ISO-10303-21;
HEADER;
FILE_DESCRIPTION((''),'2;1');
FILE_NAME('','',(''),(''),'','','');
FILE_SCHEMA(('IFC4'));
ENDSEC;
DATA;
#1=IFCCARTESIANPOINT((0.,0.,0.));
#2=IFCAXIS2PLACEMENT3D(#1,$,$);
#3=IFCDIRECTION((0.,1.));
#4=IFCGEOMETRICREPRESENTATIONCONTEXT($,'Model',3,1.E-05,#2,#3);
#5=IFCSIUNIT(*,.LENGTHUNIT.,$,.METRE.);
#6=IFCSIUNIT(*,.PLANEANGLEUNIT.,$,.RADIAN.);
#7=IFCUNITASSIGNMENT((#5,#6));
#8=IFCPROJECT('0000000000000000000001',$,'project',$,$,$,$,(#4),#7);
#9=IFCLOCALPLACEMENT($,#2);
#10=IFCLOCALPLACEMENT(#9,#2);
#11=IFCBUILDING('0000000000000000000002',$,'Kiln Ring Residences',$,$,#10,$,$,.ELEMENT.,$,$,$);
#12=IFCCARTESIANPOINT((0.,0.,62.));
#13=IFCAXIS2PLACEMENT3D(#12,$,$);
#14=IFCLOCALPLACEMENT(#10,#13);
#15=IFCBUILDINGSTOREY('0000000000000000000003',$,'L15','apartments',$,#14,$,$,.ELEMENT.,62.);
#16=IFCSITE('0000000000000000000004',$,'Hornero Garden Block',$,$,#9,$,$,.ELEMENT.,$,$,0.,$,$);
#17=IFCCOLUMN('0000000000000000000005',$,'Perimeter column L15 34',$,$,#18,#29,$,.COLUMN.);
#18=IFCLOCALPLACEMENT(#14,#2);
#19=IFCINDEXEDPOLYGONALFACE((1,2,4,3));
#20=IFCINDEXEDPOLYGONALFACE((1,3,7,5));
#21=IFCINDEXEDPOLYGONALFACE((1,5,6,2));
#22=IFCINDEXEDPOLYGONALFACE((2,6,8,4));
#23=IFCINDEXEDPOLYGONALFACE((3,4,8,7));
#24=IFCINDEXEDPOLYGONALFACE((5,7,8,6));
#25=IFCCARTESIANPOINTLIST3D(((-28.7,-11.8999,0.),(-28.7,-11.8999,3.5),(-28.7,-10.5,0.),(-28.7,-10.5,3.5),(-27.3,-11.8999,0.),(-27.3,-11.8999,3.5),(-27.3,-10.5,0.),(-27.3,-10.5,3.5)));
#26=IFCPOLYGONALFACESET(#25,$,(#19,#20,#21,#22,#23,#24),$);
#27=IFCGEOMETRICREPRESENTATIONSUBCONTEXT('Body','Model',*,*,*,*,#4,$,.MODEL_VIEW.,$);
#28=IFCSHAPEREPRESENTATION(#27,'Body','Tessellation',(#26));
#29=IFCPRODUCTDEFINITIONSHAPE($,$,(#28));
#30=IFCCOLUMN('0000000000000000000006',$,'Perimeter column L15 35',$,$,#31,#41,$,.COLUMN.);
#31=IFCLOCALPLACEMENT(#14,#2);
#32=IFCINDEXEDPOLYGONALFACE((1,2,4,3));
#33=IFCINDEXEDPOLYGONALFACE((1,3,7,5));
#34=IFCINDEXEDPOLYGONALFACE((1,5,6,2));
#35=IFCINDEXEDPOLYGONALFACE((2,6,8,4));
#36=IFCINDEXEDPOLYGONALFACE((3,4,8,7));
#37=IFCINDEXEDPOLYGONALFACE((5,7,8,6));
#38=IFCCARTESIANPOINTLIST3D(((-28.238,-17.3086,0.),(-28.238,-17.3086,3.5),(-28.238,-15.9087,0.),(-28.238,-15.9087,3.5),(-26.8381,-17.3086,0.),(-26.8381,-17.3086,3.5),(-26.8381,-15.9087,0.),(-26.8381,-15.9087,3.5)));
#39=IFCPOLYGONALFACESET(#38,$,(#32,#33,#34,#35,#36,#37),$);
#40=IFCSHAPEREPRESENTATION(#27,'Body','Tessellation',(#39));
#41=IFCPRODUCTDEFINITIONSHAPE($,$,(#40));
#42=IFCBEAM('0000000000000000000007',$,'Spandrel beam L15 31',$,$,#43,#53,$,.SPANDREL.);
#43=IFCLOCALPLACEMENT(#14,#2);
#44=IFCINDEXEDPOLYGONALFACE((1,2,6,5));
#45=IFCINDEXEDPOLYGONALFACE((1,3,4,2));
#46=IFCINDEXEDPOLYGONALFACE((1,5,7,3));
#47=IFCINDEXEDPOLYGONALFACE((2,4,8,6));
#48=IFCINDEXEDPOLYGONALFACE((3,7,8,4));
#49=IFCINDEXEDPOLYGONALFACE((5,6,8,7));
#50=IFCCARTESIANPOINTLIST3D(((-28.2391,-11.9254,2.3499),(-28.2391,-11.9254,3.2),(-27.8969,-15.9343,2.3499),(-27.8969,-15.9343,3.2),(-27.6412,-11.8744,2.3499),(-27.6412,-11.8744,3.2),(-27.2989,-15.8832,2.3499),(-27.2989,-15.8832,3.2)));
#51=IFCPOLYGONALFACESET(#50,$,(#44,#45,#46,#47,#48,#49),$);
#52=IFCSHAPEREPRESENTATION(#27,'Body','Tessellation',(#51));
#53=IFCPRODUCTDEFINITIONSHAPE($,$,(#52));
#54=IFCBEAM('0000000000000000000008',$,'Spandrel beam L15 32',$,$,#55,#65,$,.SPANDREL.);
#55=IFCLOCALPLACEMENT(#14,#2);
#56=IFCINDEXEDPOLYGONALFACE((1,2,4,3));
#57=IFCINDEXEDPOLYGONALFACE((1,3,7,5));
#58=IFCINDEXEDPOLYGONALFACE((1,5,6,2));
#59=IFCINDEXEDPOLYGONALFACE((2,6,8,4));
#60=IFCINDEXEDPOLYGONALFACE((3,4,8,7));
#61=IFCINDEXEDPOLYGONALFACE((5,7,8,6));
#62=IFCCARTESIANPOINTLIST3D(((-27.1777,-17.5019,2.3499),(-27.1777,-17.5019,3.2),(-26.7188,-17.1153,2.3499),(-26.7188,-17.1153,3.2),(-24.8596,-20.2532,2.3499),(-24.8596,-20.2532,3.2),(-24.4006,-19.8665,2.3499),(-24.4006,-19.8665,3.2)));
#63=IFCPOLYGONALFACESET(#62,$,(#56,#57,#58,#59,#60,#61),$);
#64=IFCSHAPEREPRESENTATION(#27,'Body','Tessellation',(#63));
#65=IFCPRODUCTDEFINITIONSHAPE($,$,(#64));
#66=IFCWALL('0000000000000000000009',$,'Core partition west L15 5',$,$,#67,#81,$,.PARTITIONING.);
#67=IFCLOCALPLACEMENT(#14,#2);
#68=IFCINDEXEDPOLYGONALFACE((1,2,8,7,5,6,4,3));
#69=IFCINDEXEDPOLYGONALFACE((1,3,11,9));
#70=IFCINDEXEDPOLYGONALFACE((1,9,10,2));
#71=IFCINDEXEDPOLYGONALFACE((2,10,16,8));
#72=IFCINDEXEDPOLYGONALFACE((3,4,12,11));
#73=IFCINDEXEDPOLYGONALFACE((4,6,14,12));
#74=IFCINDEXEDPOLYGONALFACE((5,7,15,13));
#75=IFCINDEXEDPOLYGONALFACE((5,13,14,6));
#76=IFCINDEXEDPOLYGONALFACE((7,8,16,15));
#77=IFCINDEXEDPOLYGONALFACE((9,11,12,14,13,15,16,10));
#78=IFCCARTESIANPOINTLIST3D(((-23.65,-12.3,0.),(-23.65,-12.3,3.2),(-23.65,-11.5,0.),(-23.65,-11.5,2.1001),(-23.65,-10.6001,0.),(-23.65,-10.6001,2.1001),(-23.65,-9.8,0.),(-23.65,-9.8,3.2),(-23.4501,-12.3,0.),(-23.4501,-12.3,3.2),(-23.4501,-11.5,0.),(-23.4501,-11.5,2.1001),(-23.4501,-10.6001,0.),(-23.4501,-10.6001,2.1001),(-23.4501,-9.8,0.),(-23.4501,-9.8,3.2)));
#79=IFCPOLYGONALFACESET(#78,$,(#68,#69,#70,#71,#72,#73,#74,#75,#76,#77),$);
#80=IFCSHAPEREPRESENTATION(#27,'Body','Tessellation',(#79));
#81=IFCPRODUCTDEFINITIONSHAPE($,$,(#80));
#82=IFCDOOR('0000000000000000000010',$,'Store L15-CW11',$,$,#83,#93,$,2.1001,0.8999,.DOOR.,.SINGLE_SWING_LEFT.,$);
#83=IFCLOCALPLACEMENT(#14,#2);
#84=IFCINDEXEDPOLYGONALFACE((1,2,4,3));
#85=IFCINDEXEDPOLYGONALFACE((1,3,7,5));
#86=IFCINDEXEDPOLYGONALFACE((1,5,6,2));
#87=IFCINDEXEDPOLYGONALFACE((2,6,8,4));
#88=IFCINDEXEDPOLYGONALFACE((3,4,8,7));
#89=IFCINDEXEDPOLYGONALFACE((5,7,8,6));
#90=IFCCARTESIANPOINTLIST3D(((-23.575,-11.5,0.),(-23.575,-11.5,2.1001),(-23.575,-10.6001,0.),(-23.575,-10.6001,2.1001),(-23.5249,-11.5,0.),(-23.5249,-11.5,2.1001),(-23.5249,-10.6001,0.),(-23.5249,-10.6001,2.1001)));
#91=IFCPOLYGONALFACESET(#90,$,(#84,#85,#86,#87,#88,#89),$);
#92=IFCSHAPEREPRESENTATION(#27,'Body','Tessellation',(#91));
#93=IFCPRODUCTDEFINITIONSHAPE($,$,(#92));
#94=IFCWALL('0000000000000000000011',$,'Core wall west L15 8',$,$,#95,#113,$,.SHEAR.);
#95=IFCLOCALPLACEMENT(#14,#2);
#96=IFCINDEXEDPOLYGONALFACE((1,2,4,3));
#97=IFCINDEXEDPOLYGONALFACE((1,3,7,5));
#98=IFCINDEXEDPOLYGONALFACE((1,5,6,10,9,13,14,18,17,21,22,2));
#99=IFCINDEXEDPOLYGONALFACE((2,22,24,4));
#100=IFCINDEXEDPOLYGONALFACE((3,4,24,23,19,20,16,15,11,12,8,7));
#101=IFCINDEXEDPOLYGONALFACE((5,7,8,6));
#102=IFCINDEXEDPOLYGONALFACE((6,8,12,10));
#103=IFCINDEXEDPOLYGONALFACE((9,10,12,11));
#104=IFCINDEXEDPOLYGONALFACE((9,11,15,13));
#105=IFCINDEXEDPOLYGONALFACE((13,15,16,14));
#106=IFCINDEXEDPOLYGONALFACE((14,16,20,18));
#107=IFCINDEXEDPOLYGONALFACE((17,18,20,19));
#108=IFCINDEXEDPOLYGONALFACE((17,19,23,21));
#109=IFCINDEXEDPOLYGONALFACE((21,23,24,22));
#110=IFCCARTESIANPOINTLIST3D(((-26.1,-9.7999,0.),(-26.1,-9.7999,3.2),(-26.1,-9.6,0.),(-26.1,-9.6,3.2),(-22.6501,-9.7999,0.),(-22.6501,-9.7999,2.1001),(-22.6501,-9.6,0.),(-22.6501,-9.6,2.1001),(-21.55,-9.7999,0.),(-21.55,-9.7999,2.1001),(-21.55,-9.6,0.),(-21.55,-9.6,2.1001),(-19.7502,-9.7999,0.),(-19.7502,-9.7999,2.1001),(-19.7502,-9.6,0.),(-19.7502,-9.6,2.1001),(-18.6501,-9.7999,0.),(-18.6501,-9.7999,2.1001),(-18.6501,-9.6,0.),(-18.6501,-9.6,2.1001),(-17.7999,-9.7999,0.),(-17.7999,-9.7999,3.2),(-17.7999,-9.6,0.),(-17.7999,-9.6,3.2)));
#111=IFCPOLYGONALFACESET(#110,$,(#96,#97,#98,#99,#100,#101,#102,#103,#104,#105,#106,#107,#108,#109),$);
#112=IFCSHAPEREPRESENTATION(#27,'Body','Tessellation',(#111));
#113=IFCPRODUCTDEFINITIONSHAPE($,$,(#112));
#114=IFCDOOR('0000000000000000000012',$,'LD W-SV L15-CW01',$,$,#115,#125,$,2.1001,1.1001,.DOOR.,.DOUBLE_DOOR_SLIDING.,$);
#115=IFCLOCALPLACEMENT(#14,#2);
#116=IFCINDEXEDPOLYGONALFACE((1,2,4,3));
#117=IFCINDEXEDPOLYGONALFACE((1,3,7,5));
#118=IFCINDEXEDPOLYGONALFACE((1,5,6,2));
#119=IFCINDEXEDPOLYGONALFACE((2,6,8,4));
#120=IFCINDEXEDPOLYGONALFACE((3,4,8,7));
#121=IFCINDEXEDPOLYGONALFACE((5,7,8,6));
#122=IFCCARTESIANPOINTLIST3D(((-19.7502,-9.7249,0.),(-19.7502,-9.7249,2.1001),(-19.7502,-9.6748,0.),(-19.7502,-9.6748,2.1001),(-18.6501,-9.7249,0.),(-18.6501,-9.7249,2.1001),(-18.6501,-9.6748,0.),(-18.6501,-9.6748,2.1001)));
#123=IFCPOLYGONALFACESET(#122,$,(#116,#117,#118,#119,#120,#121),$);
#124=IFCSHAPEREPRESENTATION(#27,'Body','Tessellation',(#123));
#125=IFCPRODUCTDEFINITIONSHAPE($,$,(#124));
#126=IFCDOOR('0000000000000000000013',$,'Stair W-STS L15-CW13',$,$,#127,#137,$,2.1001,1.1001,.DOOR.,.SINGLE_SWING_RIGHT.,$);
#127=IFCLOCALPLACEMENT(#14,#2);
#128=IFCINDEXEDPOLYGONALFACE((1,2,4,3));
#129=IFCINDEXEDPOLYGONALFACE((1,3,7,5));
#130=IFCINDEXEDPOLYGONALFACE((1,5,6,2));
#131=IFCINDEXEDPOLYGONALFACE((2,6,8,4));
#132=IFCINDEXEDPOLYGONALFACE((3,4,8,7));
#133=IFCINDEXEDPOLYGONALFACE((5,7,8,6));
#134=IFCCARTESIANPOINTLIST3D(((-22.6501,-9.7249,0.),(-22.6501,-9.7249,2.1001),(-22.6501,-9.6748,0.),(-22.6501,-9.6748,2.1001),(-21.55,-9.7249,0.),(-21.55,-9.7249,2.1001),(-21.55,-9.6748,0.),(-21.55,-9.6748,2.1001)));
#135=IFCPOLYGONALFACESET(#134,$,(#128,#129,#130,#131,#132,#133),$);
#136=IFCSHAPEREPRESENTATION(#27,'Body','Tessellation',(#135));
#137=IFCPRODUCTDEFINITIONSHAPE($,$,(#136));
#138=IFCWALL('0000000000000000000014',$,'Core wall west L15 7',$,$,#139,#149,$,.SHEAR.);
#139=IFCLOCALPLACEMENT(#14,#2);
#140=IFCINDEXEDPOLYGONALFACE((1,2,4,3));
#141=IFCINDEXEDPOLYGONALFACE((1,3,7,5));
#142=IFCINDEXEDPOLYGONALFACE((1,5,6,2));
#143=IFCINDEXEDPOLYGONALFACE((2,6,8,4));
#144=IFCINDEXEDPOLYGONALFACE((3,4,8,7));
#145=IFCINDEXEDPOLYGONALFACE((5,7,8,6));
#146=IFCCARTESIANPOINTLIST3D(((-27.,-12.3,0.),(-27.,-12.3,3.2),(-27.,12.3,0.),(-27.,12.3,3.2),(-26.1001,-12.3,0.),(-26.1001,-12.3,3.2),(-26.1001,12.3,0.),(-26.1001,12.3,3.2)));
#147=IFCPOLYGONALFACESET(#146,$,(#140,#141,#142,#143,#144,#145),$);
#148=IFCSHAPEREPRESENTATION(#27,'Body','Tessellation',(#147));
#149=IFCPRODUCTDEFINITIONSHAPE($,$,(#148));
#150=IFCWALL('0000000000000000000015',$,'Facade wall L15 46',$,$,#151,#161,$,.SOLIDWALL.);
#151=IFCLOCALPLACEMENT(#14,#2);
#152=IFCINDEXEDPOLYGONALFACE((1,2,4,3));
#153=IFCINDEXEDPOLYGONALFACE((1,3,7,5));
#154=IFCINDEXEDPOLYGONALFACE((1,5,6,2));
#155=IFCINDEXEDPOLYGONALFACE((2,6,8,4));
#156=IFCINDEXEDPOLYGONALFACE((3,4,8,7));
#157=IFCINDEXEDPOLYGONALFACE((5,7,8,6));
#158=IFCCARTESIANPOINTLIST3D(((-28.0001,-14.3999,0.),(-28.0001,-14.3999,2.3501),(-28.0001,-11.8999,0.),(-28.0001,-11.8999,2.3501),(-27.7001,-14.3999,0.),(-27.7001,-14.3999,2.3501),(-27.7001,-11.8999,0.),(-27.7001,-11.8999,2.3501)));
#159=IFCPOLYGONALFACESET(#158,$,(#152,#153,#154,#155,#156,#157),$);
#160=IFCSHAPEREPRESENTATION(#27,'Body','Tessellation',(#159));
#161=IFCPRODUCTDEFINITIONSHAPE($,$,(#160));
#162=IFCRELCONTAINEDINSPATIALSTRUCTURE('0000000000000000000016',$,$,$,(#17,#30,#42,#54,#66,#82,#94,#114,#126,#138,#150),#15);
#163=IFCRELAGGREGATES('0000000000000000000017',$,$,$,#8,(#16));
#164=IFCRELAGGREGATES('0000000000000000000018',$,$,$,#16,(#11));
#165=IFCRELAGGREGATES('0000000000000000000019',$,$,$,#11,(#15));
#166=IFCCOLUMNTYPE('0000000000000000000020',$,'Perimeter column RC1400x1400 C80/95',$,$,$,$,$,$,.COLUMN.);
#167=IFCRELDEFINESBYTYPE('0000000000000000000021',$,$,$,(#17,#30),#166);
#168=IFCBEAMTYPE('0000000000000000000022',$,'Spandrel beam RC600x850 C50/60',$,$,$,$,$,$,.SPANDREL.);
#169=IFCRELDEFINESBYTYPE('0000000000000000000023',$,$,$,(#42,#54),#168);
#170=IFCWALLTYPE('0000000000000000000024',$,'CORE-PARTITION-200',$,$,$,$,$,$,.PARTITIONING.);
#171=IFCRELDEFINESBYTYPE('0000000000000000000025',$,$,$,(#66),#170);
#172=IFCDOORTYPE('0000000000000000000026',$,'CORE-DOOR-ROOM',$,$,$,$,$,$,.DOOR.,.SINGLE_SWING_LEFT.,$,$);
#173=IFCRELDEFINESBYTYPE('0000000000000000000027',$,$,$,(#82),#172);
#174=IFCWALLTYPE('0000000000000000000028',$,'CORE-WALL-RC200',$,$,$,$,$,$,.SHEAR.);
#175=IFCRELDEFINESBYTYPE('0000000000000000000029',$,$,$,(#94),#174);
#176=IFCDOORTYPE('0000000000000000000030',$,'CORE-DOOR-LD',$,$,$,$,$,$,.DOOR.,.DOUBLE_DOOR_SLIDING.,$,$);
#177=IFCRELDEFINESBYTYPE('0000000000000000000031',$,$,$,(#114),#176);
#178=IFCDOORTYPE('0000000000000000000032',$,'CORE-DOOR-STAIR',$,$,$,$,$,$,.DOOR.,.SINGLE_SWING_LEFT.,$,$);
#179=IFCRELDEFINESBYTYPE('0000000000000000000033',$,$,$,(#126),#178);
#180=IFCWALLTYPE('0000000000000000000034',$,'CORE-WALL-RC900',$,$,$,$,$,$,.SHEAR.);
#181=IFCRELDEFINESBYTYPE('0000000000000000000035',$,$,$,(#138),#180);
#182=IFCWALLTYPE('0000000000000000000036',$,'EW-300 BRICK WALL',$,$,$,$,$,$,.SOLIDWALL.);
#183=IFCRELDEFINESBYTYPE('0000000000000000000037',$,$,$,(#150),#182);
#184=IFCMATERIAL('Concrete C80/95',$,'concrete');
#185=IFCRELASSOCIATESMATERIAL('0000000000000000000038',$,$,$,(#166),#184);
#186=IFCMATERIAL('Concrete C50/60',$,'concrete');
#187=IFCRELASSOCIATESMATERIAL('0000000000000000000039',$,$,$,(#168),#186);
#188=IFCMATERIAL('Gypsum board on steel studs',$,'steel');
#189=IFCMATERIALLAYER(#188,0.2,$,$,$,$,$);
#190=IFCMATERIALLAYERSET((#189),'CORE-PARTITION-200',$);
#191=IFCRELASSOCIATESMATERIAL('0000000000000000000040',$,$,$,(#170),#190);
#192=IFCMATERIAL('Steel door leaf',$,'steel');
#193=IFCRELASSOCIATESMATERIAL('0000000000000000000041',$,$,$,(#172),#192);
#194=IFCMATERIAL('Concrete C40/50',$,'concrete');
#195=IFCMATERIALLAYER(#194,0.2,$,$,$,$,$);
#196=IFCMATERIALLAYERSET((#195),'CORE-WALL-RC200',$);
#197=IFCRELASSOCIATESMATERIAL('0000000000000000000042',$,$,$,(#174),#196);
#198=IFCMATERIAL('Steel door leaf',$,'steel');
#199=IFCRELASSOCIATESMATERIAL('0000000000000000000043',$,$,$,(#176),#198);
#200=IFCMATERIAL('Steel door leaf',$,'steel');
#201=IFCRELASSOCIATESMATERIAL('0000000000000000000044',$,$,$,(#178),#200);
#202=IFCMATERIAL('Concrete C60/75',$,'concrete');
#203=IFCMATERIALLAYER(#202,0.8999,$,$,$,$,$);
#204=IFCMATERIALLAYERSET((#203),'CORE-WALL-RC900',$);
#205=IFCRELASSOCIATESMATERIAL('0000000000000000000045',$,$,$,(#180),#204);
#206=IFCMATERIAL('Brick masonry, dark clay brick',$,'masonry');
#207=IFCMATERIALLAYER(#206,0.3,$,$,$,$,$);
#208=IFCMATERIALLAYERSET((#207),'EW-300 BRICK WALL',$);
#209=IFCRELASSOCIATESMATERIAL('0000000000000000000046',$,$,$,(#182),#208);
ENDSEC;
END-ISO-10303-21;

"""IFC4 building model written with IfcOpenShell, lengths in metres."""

from ifc_helpers import new_model, si_unit, direction, frame, frame_2d, origin, origin_2d, place, context, subcontext, project, spatial, rectangle, extrude, material, layer, layer_set, material_profile, profile_set, type_object, element, fill, save


model = new_model("IFC4")

# Units and contexts
model_context = context("Model", 3, precision=1e-05, world=origin(), true_north=direction((0.0, 1.0)))
body_context = subcontext(model_context, "Body", "Model", "MODEL_VIEW")
ifc_project = project(units=[si_unit("LENGTHUNIT", "METRE"), si_unit("PLANEANGLEUNIT", "RADIAN")], contexts=[model_context])

# Site, building, storey
site_placement = place(None, origin())
site = spatial("IfcSite", under=ifc_project, at=site_placement, Name="Hornero Garden Block", CompositionType="ELEMENT", RefElevation=0.0)
building_placement = place(site_placement, origin())
building = spatial("IfcBuilding", under=site, at=building_placement, Name="Kiln Ring Residences", CompositionType="ELEMENT")
storey_placement = place(building_placement, frame((0.0, 0.0, 62.0)))
storey = spatial("IfcBuildingStorey", under=building, at=storey_placement, Name="L15", Description="apartments", CompositionType="ELEMENT", Elevation=62.0)

# Columns
ifc_material_1 = material(Name="Concrete C80/95", Category="concrete")
ifc_material_profile_1 = material_profile(ifc_material_1, rectangle(XDim=1.3999, YDim=1.3999, at=origin_2d()), Name="RC1400x1400")
ifc_profile_set_1 = profile_set([ifc_material_profile_1], Name="Concrete C80/95")
column_type = type_object("IfcColumnType", Name="Perimeter column RC1400x1400 C80/95", PredefinedType="COLUMN", material=ifc_profile_set_1)
for number, where, z_axis, x_axis, name in (
    (1, (-28.0, -11.2, 0.0), (0.0, 0.0, 1.0), (1.0, 0.0, 0.0), "Perimeter column L15 34"),
    (2, (-27.5381, -16.6086, 0.0), (0.0, 0.0, 1.0), (1.0, 0.0, 0.0), "Perimeter column L15 35"),
):
    element("IfcColumn", number, at=place(storey_placement, frame(where, z_axis=z_axis, x_axis=x_axis)), inside=storey, type_object=column_type, Name=name, PredefinedType="COLUMN", context=body_context, shape_type="SweptSolid", body=[
        extrude(rectangle(XDim=1.3999, YDim=1.3999, at=origin_2d()), origin(), (0.0, 0.0, 1.0), 3.5),
    ])

# Beams
ifc_material_2 = material(Name="Concrete C50/60", Category="concrete")
ifc_material_profile_2 = material_profile(ifc_material_2, rectangle(XDim=0.6001, YDim=0.8501, at=origin_2d()), Name="RC600x850")
ifc_profile_set_2 = profile_set([ifc_material_profile_2], Name="Concrete C50/60")
beam_type = type_object("IfcBeamType", Name="Spandrel beam RC600x850 C50/60", PredefinedType="SPANDREL", material=ifc_profile_set_2)
beam_1_placement = place(storey_placement, frame((-27.9402, -11.8999, 2.7749), z_axis=(0.085074, -0.996375, 0.0), x_axis=(0.996375, 0.085074, 0.0)))
element("IfcBeam", 3, at=beam_1_placement, inside=storey, type_object=beam_type, Name="Spandrel beam L15 31", PredefinedType="SPANDREL", context=body_context, shape_type="SweptSolid", body=[
    extrude(rectangle(XDim=0.6001, YDim=0.8501, at=origin_2d()), origin(), (0.0, 0.0, 1.0), 4.0234),
])
beam_2_placement = place(storey_placement, frame((-26.9482, -17.3086, 2.7749), z_axis=(0.644347, -0.764733, 0.0), x_axis=(0.764733, 0.644347, 0.0)))
element("IfcBeam", 4, at=beam_2_placement, inside=storey, type_object=beam_type, Name="Spandrel beam L15 32", PredefinedType="SPANDREL", context=body_context, shape_type="SweptSolid", body=[
    extrude(rectangle(XDim=0.6001, YDim=0.8501, at=origin_2d()), origin(), (0.0, 0.0, 1.0), 3.5977),
])

# Wall, opening, door
ifc_material_3 = material(Name="Gypsum board on steel studs", Category="steel")
ifc_layer_1 = layer(ifc_material_3, 0.2)
ifc_layer_set_1 = layer_set([ifc_layer_1], Name="CORE-PARTITION-200")
wall_type_1 = type_object("IfcWallType", Name="CORE-PARTITION-200", PredefinedType="PARTITIONING", material=ifc_layer_set_1)
wall_1_placement = place(storey_placement, frame((-23.55, -12.3, 0.0), z_axis=(0.0, 0.0, 1.0), x_axis=(0.0, 1.0, 0.0)))
wall_1 = element("IfcWall", 5, at=wall_1_placement, inside=storey, type_object=wall_type_1, Name="Core partition west L15 5", PredefinedType="PARTITIONING", context=body_context, shape_type="SweptSolid", body=[
    extrude(rectangle(XDim=2.5, YDim=0.2, at=frame_2d((1.25, 0.0))), origin(), (0.0, 0.0, 1.0), 3.2),
])
opening_1_placement = place(wall_1_placement, frame((0.8, 0.0, 0.0)))
opening_1 = element("IfcOpeningElement", 6, at=opening_1_placement, cuts=wall_1, PredefinedType="OPENING", context=body_context, shape_type="SweptSolid", body=[
    extrude(rectangle(XDim=0.8999, YDim=2.1001, at=frame_2d((0.45, 1.05))), frame((0.0, 0.1099, 0.0), z_axis=(0.0, -1.0, 0.0), x_axis=(1.0, 0.0, 0.0)), (0.0, 0.0, 1.0), 0.22),
])
ifc_material_4 = material(Name="Steel door leaf", Category="steel")
door_type_1 = type_object("IfcDoorType", Name="CORE-DOOR-ROOM", OperationType="SINGLE_SWING_LEFT", PredefinedType="DOOR", material=ifc_material_4)
door_1_placement = place(opening_1_placement, origin())
door_1 = element("IfcDoor", 7, at=door_1_placement, inside=storey, type_object=door_type_1, Name="Store L15-CW11", OperationType="SINGLE_SWING_LEFT", OverallHeight=2.1001, OverallWidth=0.8999, PredefinedType="DOOR", context=body_context, shape_type="SweptSolid", body=[
    extrude(rectangle(XDim=0.8999, YDim=2.1001, at=frame_2d((0.45, 1.05))), frame((0.0, 0.0249, 0.0), z_axis=(0.0, -1.0, 0.0), x_axis=(1.0, 0.0, 0.0)), (0.0, 0.0, 1.0), 0.05),
])
fill(opening_1, door_1)

# Wall, openings, doors
ifc_material_5 = material(Name="Concrete C40/50", Category="concrete")
ifc_layer_2 = layer(ifc_material_5, 0.2)
ifc_layer_set_2 = layer_set([ifc_layer_2], Name="CORE-WALL-RC200")
wall_type_2 = type_object("IfcWallType", Name="CORE-WALL-RC200", PredefinedType="SHEAR", material=ifc_layer_set_2)
wall_2_placement = place(storey_placement, frame((-17.8, -9.7, 0.0), z_axis=(0.0, 0.0, 1.0), x_axis=(-1.0, 0.0, 0.0)))
wall_2 = element("IfcWall", 8, at=wall_2_placement, inside=storey, type_object=wall_type_2, Name="Core wall west L15 8", PredefinedType="SHEAR", context=body_context, shape_type="SweptSolid", body=[
    extrude(rectangle(XDim=8.3, YDim=0.2, at=frame_2d((4.1499, 0.0))), origin(), (0.0, 0.0, 1.0), 3.2),
])
opening_2_placement = place(wall_2_placement, frame((0.8501, 0.0, 0.0)))
opening_2 = element("IfcOpeningElement", 9, at=opening_2_placement, cuts=wall_2, PredefinedType="OPENING", context=body_context, shape_type="SweptSolid", body=[
    extrude(rectangle(XDim=1.1001, YDim=2.1001, at=frame_2d((0.55, 1.05))), frame((0.0, 0.1099, 0.0), z_axis=(0.0, -1.0, 0.0), x_axis=(1.0, 0.0, 0.0)), (0.0, 0.0, 1.0), 0.22),
])
opening_3_placement = place(wall_2_placement, frame((3.75, 0.0, 0.0)))
opening_3 = element("IfcOpeningElement", 10, at=opening_3_placement, cuts=wall_2, PredefinedType="OPENING", context=body_context, shape_type="SweptSolid", body=[
    extrude(rectangle(XDim=1.1001, YDim=2.1001, at=frame_2d((0.55, 1.05))), frame((0.0, 0.1099, 0.0), z_axis=(0.0, -1.0, 0.0), x_axis=(1.0, 0.0, 0.0)), (0.0, 0.0, 1.0), 0.22),
])
ifc_material_6 = material(Name="Steel door leaf", Category="steel")
door_type_2 = type_object("IfcDoorType", Name="CORE-DOOR-LD", OperationType="DOUBLE_DOOR_SLIDING", PredefinedType="DOOR", material=ifc_material_6)
door_2_placement = place(opening_2_placement, origin())
door_2 = element("IfcDoor", 11, at=door_2_placement, inside=storey, type_object=door_type_2, Name="LD W-SV L15-CW01", OperationType="DOUBLE_DOOR_SLIDING", OverallHeight=2.1001, OverallWidth=1.1001, PredefinedType="DOOR", context=body_context, shape_type="SweptSolid", body=[
    extrude(rectangle(XDim=1.1001, YDim=2.1001, at=frame_2d((0.55, 1.05))), frame((0.0, 0.0249, 0.0), z_axis=(0.0, -1.0, 0.0), x_axis=(1.0, 0.0, 0.0)), (0.0, 0.0, 1.0), 0.05),
])
fill(opening_2, door_2)
ifc_material_7 = material(Name="Steel door leaf", Category="steel")
door_type_3 = type_object("IfcDoorType", Name="CORE-DOOR-STAIR", OperationType="SINGLE_SWING_LEFT", PredefinedType="DOOR", material=ifc_material_7)
door_3_placement = place(opening_3_placement, origin())
door_3 = element("IfcDoor", 12, at=door_3_placement, inside=storey, type_object=door_type_3, Name="Stair W-STS L15-CW13", OperationType="SINGLE_SWING_RIGHT", OverallHeight=2.1001, OverallWidth=1.1001, PredefinedType="DOOR", context=body_context, shape_type="SweptSolid", body=[
    extrude(rectangle(XDim=1.1001, YDim=2.1001, at=frame_2d((0.55, 1.05))), frame((0.0, 0.0249, 0.0), z_axis=(0.0, -1.0, 0.0), x_axis=(1.0, 0.0, 0.0)), (0.0, 0.0, 1.0), 0.05),
])
fill(opening_3, door_3)

# Walls
ifc_material_8 = material(Name="Concrete C60/75", Category="concrete")
ifc_layer_3 = layer(ifc_material_8, 0.8999)
ifc_layer_set_3 = layer_set([ifc_layer_3], Name="CORE-WALL-RC900")
wall_type_3 = type_object("IfcWallType", Name="CORE-WALL-RC900", PredefinedType="SHEAR", material=ifc_layer_set_3)
wall_3_placement = place(storey_placement, frame((-26.55, -12.3, 0.0), z_axis=(0.0, 0.0, 1.0), x_axis=(0.0, 1.0, 0.0)))
element("IfcWall", 13, at=wall_3_placement, inside=storey, type_object=wall_type_3, Name="Core wall west L15 7", PredefinedType="SHEAR", context=body_context, shape_type="SweptSolid", body=[
    extrude(rectangle(XDim=24.6001, YDim=0.8999, at=frame_2d((12.3, 0.0))), origin(), (0.0, 0.0, 1.0), 3.2),
])
ifc_material_9 = material(Name="Brick masonry, dark clay brick", Category="masonry")
ifc_layer_4 = layer(ifc_material_9, 0.3)
ifc_layer_set_4 = layer_set([ifc_layer_4], Name="EW-300 BRICK WALL")
wall_type_4 = type_object("IfcWallType", Name="EW-300 BRICK WALL", PredefinedType="SOLIDWALL", material=ifc_layer_set_4)
wall_4_placement = place(storey_placement, frame((-27.8501, -11.8999, 0.0), z_axis=(0.0, 0.0, 1.0), x_axis=(0.0, -1.0, 0.0)))
element("IfcWall", 14, at=wall_4_placement, inside=storey, type_object=wall_type_4, Name="Facade wall L15 46", PredefinedType="SOLIDWALL", context=body_context, shape_type="SweptSolid", body=[
    extrude(rectangle(XDim=2.5, YDim=0.3, at=frame_2d((1.25, 0.0))), origin(), (0.0, 0.0, 1.0), 2.3501),
])

save(model, "model.ifc")
